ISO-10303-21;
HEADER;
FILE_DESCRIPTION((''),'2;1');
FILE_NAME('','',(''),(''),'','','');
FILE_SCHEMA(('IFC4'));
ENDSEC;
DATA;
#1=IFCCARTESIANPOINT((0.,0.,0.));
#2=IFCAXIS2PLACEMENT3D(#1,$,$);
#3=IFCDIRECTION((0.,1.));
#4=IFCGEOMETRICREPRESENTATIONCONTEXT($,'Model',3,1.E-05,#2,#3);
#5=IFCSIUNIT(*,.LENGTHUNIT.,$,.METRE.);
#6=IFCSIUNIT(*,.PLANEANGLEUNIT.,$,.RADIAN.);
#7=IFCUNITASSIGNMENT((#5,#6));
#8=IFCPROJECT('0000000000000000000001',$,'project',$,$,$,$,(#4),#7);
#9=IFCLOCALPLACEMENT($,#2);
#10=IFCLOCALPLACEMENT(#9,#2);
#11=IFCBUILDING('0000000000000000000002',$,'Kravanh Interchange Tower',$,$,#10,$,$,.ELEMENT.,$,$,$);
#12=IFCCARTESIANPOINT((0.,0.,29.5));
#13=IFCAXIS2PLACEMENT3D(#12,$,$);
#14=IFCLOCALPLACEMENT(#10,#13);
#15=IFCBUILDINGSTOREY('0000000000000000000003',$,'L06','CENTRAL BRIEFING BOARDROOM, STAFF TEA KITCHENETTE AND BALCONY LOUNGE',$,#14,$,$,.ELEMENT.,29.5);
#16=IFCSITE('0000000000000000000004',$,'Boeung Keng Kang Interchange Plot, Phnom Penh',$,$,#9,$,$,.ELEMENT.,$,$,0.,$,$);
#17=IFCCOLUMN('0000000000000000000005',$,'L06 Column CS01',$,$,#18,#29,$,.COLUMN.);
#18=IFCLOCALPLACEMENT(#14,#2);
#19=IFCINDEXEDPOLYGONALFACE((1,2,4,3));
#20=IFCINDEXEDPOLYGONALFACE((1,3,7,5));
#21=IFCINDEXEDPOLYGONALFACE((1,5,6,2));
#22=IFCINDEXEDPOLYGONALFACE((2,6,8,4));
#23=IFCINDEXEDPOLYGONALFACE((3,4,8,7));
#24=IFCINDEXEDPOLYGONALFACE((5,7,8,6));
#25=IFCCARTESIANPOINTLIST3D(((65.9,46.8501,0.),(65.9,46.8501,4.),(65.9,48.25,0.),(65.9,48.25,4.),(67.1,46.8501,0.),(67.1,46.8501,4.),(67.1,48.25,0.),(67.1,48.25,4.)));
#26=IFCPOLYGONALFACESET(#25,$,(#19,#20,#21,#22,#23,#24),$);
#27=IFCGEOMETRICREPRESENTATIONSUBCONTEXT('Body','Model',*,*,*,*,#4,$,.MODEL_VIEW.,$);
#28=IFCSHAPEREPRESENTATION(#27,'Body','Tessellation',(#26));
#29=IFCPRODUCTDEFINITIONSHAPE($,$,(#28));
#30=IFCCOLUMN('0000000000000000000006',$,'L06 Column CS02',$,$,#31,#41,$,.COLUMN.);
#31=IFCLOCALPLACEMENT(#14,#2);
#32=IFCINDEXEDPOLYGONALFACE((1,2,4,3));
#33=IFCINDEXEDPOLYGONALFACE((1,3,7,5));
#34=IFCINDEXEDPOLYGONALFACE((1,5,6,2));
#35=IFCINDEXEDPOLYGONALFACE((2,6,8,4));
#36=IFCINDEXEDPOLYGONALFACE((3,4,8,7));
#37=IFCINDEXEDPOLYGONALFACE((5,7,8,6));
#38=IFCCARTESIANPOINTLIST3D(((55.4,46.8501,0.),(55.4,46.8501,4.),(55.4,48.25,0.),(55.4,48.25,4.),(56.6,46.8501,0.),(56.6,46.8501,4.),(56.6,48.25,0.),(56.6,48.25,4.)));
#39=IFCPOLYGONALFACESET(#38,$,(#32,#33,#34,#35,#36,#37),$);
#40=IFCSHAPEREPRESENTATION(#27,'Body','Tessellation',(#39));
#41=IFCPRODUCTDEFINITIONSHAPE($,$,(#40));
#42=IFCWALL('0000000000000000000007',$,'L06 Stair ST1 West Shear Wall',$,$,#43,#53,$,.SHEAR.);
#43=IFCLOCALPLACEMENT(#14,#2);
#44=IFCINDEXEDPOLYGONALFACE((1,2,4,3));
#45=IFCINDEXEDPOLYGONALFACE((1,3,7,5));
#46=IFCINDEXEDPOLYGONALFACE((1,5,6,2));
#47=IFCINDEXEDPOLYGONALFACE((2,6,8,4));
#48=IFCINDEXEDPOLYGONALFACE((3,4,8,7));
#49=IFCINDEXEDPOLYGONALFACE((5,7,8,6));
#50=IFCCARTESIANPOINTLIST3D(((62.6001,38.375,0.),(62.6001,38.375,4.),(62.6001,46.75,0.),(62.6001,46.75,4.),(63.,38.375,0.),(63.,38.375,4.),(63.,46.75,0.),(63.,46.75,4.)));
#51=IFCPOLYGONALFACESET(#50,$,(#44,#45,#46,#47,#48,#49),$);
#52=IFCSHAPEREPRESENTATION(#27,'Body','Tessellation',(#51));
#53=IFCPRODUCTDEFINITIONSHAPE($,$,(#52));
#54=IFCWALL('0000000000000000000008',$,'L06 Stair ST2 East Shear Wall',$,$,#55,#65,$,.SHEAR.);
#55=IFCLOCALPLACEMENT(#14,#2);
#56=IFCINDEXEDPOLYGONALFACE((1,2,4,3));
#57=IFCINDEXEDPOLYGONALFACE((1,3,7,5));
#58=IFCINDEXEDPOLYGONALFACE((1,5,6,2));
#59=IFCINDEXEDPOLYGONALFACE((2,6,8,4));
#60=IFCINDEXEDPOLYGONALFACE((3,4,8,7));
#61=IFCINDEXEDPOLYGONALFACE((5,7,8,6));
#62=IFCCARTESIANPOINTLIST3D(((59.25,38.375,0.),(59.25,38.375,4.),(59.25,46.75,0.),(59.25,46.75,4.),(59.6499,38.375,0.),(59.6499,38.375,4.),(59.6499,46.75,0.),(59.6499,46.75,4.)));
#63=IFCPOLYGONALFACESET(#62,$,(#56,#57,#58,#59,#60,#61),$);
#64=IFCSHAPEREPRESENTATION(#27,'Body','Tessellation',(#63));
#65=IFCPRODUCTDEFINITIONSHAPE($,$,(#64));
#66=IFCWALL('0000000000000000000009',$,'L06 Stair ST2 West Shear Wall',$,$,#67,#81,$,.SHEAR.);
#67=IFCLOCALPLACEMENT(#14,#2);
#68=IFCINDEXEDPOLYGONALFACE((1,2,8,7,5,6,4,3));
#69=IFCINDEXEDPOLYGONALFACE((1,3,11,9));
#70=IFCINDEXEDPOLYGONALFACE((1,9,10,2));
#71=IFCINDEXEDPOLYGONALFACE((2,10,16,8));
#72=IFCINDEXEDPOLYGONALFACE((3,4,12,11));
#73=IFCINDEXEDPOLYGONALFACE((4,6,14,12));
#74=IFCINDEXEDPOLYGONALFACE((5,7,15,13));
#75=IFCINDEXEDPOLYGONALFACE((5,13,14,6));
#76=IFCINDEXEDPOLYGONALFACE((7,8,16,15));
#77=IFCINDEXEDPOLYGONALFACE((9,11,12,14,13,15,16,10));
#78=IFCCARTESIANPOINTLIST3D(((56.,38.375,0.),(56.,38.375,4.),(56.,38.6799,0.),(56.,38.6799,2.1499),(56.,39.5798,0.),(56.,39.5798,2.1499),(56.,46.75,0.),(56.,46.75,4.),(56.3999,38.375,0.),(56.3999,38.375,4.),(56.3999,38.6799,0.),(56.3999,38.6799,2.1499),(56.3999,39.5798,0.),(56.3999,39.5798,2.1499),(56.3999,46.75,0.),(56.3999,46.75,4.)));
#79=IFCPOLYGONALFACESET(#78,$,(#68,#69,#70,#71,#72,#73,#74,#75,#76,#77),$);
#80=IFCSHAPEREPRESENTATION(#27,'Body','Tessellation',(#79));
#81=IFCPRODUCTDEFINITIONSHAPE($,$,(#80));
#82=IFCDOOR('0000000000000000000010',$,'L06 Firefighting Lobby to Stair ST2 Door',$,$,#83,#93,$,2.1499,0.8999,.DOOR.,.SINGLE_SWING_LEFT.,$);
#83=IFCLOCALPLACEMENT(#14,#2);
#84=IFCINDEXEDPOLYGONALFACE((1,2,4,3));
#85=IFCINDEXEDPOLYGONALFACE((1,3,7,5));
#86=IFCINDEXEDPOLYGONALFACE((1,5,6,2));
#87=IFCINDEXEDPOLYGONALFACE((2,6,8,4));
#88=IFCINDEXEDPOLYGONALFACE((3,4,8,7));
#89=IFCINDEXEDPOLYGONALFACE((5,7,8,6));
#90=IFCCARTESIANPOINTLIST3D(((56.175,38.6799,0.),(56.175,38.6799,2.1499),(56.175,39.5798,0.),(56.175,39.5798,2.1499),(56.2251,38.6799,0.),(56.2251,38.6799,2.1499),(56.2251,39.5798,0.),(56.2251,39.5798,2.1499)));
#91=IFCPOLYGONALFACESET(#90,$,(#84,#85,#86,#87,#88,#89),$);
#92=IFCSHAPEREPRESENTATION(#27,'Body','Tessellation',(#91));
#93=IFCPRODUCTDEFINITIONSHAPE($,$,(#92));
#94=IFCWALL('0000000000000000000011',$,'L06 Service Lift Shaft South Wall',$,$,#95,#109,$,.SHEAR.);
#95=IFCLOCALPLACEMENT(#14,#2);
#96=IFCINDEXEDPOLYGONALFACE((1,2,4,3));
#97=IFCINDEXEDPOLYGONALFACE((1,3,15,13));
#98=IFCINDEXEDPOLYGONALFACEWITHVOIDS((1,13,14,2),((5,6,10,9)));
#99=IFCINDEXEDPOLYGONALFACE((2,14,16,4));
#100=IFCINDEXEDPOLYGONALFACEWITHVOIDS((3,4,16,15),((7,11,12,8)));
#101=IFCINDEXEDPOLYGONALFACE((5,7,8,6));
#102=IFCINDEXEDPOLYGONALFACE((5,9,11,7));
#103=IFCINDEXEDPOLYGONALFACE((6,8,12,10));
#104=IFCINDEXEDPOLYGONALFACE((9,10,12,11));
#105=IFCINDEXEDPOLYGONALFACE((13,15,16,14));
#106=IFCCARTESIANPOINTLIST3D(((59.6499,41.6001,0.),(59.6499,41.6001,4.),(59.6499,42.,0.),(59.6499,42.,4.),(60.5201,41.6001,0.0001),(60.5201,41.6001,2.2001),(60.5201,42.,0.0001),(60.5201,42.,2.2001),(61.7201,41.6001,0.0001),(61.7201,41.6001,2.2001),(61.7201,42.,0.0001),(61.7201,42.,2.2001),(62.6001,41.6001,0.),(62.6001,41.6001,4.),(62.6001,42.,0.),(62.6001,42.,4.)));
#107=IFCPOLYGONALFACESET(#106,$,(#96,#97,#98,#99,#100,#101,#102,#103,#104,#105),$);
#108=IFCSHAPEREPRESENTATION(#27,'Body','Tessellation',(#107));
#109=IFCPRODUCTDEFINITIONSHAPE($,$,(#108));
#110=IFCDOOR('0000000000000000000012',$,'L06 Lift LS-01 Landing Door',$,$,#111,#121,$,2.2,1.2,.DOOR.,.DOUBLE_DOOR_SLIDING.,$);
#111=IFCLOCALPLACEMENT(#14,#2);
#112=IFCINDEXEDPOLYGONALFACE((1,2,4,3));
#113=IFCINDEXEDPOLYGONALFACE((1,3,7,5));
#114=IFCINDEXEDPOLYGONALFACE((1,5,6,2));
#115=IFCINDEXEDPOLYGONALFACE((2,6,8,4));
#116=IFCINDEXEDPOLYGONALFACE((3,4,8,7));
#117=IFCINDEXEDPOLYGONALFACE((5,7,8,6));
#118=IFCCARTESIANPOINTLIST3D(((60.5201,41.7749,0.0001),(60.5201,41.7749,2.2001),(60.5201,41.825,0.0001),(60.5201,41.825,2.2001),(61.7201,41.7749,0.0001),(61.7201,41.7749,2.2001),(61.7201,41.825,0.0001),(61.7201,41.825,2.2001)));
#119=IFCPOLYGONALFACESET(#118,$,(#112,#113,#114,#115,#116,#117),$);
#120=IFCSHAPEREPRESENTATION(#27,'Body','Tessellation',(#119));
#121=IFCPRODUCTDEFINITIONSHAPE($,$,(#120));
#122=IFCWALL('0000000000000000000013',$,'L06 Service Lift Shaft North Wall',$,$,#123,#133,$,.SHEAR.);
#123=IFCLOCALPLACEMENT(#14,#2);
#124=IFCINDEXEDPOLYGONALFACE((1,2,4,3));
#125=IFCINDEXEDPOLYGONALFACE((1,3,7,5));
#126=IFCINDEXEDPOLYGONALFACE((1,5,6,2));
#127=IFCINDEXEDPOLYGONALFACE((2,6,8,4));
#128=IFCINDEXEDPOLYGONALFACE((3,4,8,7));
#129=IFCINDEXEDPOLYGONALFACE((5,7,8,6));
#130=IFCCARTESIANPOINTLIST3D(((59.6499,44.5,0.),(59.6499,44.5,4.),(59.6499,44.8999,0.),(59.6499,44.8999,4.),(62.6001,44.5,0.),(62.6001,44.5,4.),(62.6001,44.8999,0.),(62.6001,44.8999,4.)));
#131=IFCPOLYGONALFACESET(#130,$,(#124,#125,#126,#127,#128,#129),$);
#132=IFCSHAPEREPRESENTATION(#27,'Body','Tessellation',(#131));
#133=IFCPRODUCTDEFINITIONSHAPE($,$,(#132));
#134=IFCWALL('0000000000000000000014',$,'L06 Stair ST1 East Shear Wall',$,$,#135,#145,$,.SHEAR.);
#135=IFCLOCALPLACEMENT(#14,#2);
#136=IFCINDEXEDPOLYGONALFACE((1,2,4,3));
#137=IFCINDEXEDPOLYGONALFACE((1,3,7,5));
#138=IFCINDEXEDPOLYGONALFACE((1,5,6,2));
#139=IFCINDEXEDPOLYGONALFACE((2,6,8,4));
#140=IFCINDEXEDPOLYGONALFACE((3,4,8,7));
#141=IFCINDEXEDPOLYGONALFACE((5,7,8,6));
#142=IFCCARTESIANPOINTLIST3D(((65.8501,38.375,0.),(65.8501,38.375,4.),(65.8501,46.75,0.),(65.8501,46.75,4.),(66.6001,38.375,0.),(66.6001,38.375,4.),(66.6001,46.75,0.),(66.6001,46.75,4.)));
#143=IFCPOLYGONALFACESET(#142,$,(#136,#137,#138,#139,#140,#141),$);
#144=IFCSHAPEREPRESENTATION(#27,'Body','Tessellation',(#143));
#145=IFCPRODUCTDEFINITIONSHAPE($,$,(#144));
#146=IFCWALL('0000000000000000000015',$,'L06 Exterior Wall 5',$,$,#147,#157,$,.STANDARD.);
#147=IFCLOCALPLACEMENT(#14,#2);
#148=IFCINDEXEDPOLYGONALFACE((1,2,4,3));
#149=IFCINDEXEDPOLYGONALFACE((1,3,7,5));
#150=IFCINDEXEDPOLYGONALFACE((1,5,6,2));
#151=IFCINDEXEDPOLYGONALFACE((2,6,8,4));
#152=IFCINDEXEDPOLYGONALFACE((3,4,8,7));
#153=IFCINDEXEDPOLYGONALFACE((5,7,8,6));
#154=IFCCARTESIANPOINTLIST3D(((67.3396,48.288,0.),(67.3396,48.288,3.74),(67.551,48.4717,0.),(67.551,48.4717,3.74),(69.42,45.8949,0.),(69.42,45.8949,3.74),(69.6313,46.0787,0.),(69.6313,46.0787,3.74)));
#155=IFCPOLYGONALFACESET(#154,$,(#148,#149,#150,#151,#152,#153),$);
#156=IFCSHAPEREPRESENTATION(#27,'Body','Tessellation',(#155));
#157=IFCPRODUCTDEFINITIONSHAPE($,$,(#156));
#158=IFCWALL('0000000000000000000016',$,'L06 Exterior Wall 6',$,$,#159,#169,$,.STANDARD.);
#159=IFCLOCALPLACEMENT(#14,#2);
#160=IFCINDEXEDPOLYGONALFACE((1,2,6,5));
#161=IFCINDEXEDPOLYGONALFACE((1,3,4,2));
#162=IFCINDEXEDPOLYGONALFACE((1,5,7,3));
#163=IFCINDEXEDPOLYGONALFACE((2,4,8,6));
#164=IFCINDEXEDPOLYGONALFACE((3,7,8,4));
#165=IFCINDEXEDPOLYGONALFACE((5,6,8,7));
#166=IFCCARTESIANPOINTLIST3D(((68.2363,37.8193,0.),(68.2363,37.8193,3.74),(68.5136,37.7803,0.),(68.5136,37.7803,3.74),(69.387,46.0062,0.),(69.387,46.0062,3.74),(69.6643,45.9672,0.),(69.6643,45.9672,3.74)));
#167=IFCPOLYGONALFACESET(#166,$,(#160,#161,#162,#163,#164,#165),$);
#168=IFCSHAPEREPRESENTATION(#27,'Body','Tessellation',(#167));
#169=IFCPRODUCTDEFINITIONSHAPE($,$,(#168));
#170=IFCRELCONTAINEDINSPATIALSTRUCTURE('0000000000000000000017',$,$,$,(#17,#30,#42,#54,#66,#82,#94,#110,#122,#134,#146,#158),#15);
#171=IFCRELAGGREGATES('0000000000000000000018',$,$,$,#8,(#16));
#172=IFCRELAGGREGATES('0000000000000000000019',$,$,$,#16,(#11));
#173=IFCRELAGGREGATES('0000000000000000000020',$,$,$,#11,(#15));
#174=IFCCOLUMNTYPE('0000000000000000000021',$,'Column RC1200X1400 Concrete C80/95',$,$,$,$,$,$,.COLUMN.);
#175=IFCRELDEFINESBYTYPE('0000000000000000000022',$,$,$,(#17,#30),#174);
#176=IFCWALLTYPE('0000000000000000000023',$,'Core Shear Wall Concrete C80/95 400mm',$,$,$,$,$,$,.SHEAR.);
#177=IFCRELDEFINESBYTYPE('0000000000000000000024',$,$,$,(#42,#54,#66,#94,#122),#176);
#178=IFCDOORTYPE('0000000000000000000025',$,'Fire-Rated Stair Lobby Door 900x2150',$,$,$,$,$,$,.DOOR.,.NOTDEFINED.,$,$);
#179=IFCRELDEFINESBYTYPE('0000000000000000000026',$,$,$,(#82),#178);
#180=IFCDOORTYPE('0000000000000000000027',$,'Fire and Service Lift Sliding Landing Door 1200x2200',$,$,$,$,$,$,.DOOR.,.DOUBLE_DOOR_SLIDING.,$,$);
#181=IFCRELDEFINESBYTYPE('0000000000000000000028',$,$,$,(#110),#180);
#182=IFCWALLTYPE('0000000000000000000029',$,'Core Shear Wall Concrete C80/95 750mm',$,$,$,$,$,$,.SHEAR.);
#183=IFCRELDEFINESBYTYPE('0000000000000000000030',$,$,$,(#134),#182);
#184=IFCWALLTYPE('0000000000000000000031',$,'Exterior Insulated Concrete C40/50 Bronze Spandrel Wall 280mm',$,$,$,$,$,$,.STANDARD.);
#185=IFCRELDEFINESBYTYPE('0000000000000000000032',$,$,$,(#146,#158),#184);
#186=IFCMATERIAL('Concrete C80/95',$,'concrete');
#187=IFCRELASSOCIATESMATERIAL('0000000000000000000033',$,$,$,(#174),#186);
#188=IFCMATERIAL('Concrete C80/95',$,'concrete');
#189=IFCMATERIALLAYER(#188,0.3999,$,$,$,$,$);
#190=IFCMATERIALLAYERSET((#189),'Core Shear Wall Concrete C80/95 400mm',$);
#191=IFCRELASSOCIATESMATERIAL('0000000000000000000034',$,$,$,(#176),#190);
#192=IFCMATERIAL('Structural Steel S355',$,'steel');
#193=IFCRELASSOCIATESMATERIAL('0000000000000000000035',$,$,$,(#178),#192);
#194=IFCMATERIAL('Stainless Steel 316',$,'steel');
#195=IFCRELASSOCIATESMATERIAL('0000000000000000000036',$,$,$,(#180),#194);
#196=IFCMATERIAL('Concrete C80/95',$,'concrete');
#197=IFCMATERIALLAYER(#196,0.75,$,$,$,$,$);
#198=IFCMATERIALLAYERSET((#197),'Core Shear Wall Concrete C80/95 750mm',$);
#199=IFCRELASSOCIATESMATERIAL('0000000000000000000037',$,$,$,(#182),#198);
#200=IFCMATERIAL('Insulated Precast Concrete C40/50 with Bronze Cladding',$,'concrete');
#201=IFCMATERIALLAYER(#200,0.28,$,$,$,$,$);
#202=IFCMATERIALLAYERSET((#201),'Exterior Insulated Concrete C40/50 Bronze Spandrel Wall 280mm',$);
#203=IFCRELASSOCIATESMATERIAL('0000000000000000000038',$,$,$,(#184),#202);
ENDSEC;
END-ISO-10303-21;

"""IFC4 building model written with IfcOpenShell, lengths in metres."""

from ifc_helpers import new_model, si_unit, direction, frame, frame_2d, origin, origin_2d, place, context, subcontext, project, spatial, rectangle, extrude, material, layer, layer_set, material_profile, profile_set, type_object, element, fill, save


model = new_model("IFC4")

# Units and contexts
model_context = context("Model", 3, precision=1e-05, world=origin(), true_north=direction((0.0, 1.0)))
body_context = subcontext(model_context, "Body", "Model", "MODEL_VIEW")
ifc_project = project(units=[si_unit("LENGTHUNIT", "METRE"), si_unit("PLANEANGLEUNIT", "RADIAN")], contexts=[model_context])

# Site, building, storey
site_placement = place(None, origin())
site = spatial("IfcSite", under=ifc_project, at=site_placement, Name="Boeung Keng Kang Interchange Plot, Phnom Penh", CompositionType="ELEMENT", RefElevation=0.0)
building_placement = place(site_placement, origin())
building = spatial("IfcBuilding", under=site, at=building_placement, Name="Kravanh Interchange Tower", CompositionType="ELEMENT")
storey_placement = place(building_placement, frame((0.0, 0.0, 29.5)))
storey = spatial("IfcBuildingStorey", under=building, at=storey_placement, Name="L06", Description="CENTRAL BRIEFING BOARDROOM, STAFF TEA KITCHENETTE AND BALCONY LOUNGE", CompositionType="ELEMENT", Elevation=29.5)

# Columns
ifc_material_1 = material(Name="Concrete C80/95", Category="concrete")
ifc_material_profile = material_profile(ifc_material_1, rectangle(XDim=1.2, YDim=1.3999, at=origin_2d()), Name="RC1200X1400")
ifc_profile_set = profile_set([ifc_material_profile], Name="Concrete C80/95")
column_type = type_object("IfcColumnType", Name="Column RC1200X1400 Concrete C80/95", PredefinedType="COLUMN", material=ifc_profile_set)
for number, where, z_axis, x_axis, name in (
    (1, (66.5, 47.55, 0.0), (0.0, 0.0, 1.0), (1.0, 0.0, 0.0), "L06 Column CS01"),
    (2, (56.0, 47.55, 0.0), (0.0, 0.0, 1.0), (1.0, 0.0, 0.0), "L06 Column CS02"),
):
    element("IfcColumn", number, at=place(storey_placement, frame(where, z_axis=z_axis, x_axis=x_axis)), inside=storey, type_object=column_type, Name=name, PredefinedType="COLUMN", context=body_context, shape_type="SweptSolid", body=[
        extrude(rectangle(XDim=1.2, YDim=1.3999, at=origin_2d()), origin(), (0.0, 0.0, 1.0), 4.0),
    ])

# Walls
ifc_material_2 = material(Name="Concrete C80/95", Category="concrete")
ifc_layer_1 = layer(ifc_material_2, 0.3999)
ifc_layer_set_1 = layer_set([ifc_layer_1], Name="Core Shear Wall Concrete C80/95 400mm")
wall_type_1 = type_object("IfcWallType", Name="Core Shear Wall Concrete C80/95 400mm", PredefinedType="SHEAR", material=ifc_layer_set_1)
for number, where, z_axis, x_axis, name in (
    (3, (62.8, 38.375, 0.0), (0.0, 0.0, 1.0), (0.0, 1.0, 0.0), "L06 Stair ST1 West Shear Wall"),
    (4, (59.45, 38.375, 0.0), (0.0, 0.0, 1.0), (0.0, 1.0, 0.0), "L06 Stair ST2 East Shear Wall"),
):
    element("IfcWall", number, at=place(storey_placement, frame(where, z_axis=z_axis, x_axis=x_axis)), inside=storey, type_object=wall_type_1, Name=name, PredefinedType="SHEAR", context=body_context, shape_type="SweptSolid", body=[
        extrude(rectangle(XDim=8.375, YDim=0.3999, at=frame_2d((4.1875, 0.0))), origin(), (0.0, 0.0, 1.0), 4.0),
    ])

# Walls, openings, doors
wall_1_placement = place(storey_placement, frame((56.2, 38.375, 0.0), z_axis=(0.0, 0.0, 1.0), x_axis=(0.0, 1.0, 0.0)))
wall_1 = element("IfcWall", 5, at=wall_1_placement, inside=storey, type_object=wall_type_1, Name="L06 Stair ST2 West Shear Wall", PredefinedType="SHEAR", context=body_context, shape_type="SweptSolid", body=[
    extrude(rectangle(XDim=8.375, YDim=0.3999, at=frame_2d((4.1875, 0.0))), origin(), (0.0, 0.0, 1.0), 4.0),
])
opening_1_placement = place(wall_1_placement, frame((0.3049, 0.0, 0.0)))
opening_1 = element("IfcOpeningElement", 6, at=opening_1_placement, cuts=wall_1, PredefinedType="OPENING", context=body_context, shape_type="SweptSolid", body=[
    extrude(rectangle(XDim=0.8999, YDim=2.1499, at=frame_2d((0.45, 1.075))), frame((0.0, 0.21, 0.0), z_axis=(0.0, -1.0, 0.0), x_axis=(1.0, 0.0, 0.0)), (0.0, 0.0, 1.0), 0.4199),
])
ifc_material_3 = material(Name="Structural Steel S355", Category="steel")
door_type_1 = type_object("IfcDoorType", Name="Fire-Rated Stair Lobby Door 900x2150", OperationType="NOTDEFINED", PredefinedType="DOOR", material=ifc_material_3)
door_1_placement = place(opening_1_placement, origin())
door_1 = element("IfcDoor", 7, at=door_1_placement, inside=storey, type_object=door_type_1, Name="L06 Firefighting Lobby to Stair ST2 Door", OperationType="SINGLE_SWING_LEFT", OverallHeight=2.1499, OverallWidth=0.8999, PredefinedType="DOOR", context=body_context, shape_type="SweptSolid", body=[
    extrude(rectangle(XDim=0.8999, YDim=2.1499, at=frame_2d((0.45, 1.075))), frame((0.0, 0.0249, 0.0), z_axis=(0.0, -1.0, 0.0), x_axis=(1.0, 0.0, 0.0)), (0.0, 0.0, 1.0), 0.05),
])
fill(opening_1, door_1)
wall_2_placement = place(storey_placement, frame((59.6499, 41.8, 0.0), z_axis=(0.0, 0.0, 1.0), x_axis=(1.0, 0.0, 0.0)))
wall_2 = element("IfcWall", 8, at=wall_2_placement, inside=storey, type_object=wall_type_1, Name="L06 Service Lift Shaft South Wall", PredefinedType="SHEAR", context=body_context, shape_type="SweptSolid", body=[
    extrude(rectangle(XDim=2.9502, YDim=0.3999, at=frame_2d((1.4751, 0.0))), origin(), (0.0, 0.0, 1.0), 4.0),
])
opening_2_placement = place(wall_2_placement, frame((0.8701, 0.0, 0.0)))
opening_2 = element("IfcOpeningElement", 9, at=opening_2_placement, cuts=wall_2, PredefinedType="OPENING", context=body_context, shape_type="SweptSolid", body=[
    extrude(rectangle(XDim=1.2, YDim=2.2, at=frame_2d((0.6001, 1.1001))), frame((0.0, 0.21, 0.0), z_axis=(0.0, -1.0, 0.0), x_axis=(1.0, 0.0, 0.0)), (0.0, 0.0, 1.0), 0.4199),
])
ifc_material_4 = material(Name="Stainless Steel 316", Category="steel")
door_type_2 = type_object("IfcDoorType", Name="Fire and Service Lift Sliding Landing Door 1200x2200", OperationType="DOUBLE_DOOR_SLIDING", PredefinedType="DOOR", material=ifc_material_4)
door_2_placement = place(opening_2_placement, origin())
door_2 = element("IfcDoor", 10, at=door_2_placement, inside=storey, type_object=door_type_2, Name="L06 Lift LS-01 Landing Door", OperationType="DOUBLE_DOOR_SLIDING", OverallHeight=2.2, OverallWidth=1.2, PredefinedType="DOOR", context=body_context, shape_type="SweptSolid", body=[
    extrude(rectangle(XDim=1.2, YDim=2.2, at=frame_2d((0.6001, 1.1001))), frame((0.0, 0.0249, 0.0), z_axis=(0.0, -1.0, 0.0), x_axis=(1.0, 0.0, 0.0)), (0.0, 0.0, 1.0), 0.05),
])
fill(opening_2, door_2)

# Walls
wall_3_placement = place(storey_placement, frame((59.6499, 44.7, 0.0), z_axis=(0.0, 0.0, 1.0), x_axis=(1.0, 0.0, 0.0)))
element("IfcWall", 11, at=wall_3_placement, inside=storey, type_object=wall_type_1, Name="L06 Service Lift Shaft North Wall", PredefinedType="SHEAR", context=body_context, shape_type="SweptSolid", body=[
    extrude(rectangle(XDim=2.9502, YDim=0.3999, at=frame_2d((1.4751, 0.0))), origin(), (0.0, 0.0, 1.0), 4.0),
])
ifc_material_5 = material(Name="Concrete C80/95", Category="concrete")
ifc_layer_2 = layer(ifc_material_5, 0.75)
ifc_layer_set_2 = layer_set([ifc_layer_2], Name="Core Shear Wall Concrete C80/95 750mm")
wall_type_2 = type_object("IfcWallType", Name="Core Shear Wall Concrete C80/95 750mm", PredefinedType="SHEAR", material=ifc_layer_set_2)
wall_4_placement = place(storey_placement, frame((66.2251, 38.375, 0.0), z_axis=(0.0, 0.0, 1.0), x_axis=(0.0, 1.0, 0.0)))
element("IfcWall", 12, at=wall_4_placement, inside=storey, type_object=wall_type_2, Name="L06 Stair ST1 East Shear Wall", PredefinedType="SHEAR", context=body_context, shape_type="SweptSolid", body=[
    extrude(rectangle(XDim=8.375, YDim=0.75, at=frame_2d((4.1875, 0.0))), origin(), (0.0, 0.0, 1.0), 4.0),
])
ifc_material_6 = material(Name="Insulated Precast Concrete C40/50 with Bronze Cladding", Category="concrete")
ifc_layer_3 = layer(ifc_material_6, 0.28)
ifc_layer_set_3 = layer_set([ifc_layer_3], Name="Exterior Insulated Concrete C40/50 Bronze Spandrel Wall 280mm")
wall_type_3 = type_object("IfcWallType", Name="Exterior Insulated Concrete C40/50 Bronze Spandrel Wall 280mm", PredefinedType="STANDARD", material=ifc_layer_set_3)
wall_5_placement = place(storey_placement, frame((67.4453, 48.3799, 0.0), z_axis=(0.0, 0.0, 1.0), x_axis=(0.65607, -0.7547, 0.0)))
element("IfcWall", 13, at=wall_5_placement, inside=storey, type_object=wall_type_3, Name="L06 Exterior Wall 5", PredefinedType="STANDARD", context=body_context, shape_type="SweptSolid", body=[
    extrude(rectangle(XDim=3.1709, YDim=0.28, at=frame_2d((1.5854, 0.0))), origin(), (0.0, 0.0, 1.0), 3.74),
])
wall_6_placement = place(storey_placement, frame((69.5256, 45.9868, 0.0), z_axis=(0.0, 0.0, 1.0), x_axis=(-0.13918, -0.990267, 0.0)))
element("IfcWall", 14, at=wall_6_placement, inside=storey, type_object=wall_type_3, Name="L06 Exterior Wall 6", PredefinedType="STANDARD", context=body_context, shape_type="SweptSolid", body=[
    extrude(rectangle(XDim=8.2673, YDim=0.28, at=frame_2d((4.1338, 0.0))), origin(), (0.0, 0.0, 1.0), 3.74),
])

save(model, "model.ifc")
